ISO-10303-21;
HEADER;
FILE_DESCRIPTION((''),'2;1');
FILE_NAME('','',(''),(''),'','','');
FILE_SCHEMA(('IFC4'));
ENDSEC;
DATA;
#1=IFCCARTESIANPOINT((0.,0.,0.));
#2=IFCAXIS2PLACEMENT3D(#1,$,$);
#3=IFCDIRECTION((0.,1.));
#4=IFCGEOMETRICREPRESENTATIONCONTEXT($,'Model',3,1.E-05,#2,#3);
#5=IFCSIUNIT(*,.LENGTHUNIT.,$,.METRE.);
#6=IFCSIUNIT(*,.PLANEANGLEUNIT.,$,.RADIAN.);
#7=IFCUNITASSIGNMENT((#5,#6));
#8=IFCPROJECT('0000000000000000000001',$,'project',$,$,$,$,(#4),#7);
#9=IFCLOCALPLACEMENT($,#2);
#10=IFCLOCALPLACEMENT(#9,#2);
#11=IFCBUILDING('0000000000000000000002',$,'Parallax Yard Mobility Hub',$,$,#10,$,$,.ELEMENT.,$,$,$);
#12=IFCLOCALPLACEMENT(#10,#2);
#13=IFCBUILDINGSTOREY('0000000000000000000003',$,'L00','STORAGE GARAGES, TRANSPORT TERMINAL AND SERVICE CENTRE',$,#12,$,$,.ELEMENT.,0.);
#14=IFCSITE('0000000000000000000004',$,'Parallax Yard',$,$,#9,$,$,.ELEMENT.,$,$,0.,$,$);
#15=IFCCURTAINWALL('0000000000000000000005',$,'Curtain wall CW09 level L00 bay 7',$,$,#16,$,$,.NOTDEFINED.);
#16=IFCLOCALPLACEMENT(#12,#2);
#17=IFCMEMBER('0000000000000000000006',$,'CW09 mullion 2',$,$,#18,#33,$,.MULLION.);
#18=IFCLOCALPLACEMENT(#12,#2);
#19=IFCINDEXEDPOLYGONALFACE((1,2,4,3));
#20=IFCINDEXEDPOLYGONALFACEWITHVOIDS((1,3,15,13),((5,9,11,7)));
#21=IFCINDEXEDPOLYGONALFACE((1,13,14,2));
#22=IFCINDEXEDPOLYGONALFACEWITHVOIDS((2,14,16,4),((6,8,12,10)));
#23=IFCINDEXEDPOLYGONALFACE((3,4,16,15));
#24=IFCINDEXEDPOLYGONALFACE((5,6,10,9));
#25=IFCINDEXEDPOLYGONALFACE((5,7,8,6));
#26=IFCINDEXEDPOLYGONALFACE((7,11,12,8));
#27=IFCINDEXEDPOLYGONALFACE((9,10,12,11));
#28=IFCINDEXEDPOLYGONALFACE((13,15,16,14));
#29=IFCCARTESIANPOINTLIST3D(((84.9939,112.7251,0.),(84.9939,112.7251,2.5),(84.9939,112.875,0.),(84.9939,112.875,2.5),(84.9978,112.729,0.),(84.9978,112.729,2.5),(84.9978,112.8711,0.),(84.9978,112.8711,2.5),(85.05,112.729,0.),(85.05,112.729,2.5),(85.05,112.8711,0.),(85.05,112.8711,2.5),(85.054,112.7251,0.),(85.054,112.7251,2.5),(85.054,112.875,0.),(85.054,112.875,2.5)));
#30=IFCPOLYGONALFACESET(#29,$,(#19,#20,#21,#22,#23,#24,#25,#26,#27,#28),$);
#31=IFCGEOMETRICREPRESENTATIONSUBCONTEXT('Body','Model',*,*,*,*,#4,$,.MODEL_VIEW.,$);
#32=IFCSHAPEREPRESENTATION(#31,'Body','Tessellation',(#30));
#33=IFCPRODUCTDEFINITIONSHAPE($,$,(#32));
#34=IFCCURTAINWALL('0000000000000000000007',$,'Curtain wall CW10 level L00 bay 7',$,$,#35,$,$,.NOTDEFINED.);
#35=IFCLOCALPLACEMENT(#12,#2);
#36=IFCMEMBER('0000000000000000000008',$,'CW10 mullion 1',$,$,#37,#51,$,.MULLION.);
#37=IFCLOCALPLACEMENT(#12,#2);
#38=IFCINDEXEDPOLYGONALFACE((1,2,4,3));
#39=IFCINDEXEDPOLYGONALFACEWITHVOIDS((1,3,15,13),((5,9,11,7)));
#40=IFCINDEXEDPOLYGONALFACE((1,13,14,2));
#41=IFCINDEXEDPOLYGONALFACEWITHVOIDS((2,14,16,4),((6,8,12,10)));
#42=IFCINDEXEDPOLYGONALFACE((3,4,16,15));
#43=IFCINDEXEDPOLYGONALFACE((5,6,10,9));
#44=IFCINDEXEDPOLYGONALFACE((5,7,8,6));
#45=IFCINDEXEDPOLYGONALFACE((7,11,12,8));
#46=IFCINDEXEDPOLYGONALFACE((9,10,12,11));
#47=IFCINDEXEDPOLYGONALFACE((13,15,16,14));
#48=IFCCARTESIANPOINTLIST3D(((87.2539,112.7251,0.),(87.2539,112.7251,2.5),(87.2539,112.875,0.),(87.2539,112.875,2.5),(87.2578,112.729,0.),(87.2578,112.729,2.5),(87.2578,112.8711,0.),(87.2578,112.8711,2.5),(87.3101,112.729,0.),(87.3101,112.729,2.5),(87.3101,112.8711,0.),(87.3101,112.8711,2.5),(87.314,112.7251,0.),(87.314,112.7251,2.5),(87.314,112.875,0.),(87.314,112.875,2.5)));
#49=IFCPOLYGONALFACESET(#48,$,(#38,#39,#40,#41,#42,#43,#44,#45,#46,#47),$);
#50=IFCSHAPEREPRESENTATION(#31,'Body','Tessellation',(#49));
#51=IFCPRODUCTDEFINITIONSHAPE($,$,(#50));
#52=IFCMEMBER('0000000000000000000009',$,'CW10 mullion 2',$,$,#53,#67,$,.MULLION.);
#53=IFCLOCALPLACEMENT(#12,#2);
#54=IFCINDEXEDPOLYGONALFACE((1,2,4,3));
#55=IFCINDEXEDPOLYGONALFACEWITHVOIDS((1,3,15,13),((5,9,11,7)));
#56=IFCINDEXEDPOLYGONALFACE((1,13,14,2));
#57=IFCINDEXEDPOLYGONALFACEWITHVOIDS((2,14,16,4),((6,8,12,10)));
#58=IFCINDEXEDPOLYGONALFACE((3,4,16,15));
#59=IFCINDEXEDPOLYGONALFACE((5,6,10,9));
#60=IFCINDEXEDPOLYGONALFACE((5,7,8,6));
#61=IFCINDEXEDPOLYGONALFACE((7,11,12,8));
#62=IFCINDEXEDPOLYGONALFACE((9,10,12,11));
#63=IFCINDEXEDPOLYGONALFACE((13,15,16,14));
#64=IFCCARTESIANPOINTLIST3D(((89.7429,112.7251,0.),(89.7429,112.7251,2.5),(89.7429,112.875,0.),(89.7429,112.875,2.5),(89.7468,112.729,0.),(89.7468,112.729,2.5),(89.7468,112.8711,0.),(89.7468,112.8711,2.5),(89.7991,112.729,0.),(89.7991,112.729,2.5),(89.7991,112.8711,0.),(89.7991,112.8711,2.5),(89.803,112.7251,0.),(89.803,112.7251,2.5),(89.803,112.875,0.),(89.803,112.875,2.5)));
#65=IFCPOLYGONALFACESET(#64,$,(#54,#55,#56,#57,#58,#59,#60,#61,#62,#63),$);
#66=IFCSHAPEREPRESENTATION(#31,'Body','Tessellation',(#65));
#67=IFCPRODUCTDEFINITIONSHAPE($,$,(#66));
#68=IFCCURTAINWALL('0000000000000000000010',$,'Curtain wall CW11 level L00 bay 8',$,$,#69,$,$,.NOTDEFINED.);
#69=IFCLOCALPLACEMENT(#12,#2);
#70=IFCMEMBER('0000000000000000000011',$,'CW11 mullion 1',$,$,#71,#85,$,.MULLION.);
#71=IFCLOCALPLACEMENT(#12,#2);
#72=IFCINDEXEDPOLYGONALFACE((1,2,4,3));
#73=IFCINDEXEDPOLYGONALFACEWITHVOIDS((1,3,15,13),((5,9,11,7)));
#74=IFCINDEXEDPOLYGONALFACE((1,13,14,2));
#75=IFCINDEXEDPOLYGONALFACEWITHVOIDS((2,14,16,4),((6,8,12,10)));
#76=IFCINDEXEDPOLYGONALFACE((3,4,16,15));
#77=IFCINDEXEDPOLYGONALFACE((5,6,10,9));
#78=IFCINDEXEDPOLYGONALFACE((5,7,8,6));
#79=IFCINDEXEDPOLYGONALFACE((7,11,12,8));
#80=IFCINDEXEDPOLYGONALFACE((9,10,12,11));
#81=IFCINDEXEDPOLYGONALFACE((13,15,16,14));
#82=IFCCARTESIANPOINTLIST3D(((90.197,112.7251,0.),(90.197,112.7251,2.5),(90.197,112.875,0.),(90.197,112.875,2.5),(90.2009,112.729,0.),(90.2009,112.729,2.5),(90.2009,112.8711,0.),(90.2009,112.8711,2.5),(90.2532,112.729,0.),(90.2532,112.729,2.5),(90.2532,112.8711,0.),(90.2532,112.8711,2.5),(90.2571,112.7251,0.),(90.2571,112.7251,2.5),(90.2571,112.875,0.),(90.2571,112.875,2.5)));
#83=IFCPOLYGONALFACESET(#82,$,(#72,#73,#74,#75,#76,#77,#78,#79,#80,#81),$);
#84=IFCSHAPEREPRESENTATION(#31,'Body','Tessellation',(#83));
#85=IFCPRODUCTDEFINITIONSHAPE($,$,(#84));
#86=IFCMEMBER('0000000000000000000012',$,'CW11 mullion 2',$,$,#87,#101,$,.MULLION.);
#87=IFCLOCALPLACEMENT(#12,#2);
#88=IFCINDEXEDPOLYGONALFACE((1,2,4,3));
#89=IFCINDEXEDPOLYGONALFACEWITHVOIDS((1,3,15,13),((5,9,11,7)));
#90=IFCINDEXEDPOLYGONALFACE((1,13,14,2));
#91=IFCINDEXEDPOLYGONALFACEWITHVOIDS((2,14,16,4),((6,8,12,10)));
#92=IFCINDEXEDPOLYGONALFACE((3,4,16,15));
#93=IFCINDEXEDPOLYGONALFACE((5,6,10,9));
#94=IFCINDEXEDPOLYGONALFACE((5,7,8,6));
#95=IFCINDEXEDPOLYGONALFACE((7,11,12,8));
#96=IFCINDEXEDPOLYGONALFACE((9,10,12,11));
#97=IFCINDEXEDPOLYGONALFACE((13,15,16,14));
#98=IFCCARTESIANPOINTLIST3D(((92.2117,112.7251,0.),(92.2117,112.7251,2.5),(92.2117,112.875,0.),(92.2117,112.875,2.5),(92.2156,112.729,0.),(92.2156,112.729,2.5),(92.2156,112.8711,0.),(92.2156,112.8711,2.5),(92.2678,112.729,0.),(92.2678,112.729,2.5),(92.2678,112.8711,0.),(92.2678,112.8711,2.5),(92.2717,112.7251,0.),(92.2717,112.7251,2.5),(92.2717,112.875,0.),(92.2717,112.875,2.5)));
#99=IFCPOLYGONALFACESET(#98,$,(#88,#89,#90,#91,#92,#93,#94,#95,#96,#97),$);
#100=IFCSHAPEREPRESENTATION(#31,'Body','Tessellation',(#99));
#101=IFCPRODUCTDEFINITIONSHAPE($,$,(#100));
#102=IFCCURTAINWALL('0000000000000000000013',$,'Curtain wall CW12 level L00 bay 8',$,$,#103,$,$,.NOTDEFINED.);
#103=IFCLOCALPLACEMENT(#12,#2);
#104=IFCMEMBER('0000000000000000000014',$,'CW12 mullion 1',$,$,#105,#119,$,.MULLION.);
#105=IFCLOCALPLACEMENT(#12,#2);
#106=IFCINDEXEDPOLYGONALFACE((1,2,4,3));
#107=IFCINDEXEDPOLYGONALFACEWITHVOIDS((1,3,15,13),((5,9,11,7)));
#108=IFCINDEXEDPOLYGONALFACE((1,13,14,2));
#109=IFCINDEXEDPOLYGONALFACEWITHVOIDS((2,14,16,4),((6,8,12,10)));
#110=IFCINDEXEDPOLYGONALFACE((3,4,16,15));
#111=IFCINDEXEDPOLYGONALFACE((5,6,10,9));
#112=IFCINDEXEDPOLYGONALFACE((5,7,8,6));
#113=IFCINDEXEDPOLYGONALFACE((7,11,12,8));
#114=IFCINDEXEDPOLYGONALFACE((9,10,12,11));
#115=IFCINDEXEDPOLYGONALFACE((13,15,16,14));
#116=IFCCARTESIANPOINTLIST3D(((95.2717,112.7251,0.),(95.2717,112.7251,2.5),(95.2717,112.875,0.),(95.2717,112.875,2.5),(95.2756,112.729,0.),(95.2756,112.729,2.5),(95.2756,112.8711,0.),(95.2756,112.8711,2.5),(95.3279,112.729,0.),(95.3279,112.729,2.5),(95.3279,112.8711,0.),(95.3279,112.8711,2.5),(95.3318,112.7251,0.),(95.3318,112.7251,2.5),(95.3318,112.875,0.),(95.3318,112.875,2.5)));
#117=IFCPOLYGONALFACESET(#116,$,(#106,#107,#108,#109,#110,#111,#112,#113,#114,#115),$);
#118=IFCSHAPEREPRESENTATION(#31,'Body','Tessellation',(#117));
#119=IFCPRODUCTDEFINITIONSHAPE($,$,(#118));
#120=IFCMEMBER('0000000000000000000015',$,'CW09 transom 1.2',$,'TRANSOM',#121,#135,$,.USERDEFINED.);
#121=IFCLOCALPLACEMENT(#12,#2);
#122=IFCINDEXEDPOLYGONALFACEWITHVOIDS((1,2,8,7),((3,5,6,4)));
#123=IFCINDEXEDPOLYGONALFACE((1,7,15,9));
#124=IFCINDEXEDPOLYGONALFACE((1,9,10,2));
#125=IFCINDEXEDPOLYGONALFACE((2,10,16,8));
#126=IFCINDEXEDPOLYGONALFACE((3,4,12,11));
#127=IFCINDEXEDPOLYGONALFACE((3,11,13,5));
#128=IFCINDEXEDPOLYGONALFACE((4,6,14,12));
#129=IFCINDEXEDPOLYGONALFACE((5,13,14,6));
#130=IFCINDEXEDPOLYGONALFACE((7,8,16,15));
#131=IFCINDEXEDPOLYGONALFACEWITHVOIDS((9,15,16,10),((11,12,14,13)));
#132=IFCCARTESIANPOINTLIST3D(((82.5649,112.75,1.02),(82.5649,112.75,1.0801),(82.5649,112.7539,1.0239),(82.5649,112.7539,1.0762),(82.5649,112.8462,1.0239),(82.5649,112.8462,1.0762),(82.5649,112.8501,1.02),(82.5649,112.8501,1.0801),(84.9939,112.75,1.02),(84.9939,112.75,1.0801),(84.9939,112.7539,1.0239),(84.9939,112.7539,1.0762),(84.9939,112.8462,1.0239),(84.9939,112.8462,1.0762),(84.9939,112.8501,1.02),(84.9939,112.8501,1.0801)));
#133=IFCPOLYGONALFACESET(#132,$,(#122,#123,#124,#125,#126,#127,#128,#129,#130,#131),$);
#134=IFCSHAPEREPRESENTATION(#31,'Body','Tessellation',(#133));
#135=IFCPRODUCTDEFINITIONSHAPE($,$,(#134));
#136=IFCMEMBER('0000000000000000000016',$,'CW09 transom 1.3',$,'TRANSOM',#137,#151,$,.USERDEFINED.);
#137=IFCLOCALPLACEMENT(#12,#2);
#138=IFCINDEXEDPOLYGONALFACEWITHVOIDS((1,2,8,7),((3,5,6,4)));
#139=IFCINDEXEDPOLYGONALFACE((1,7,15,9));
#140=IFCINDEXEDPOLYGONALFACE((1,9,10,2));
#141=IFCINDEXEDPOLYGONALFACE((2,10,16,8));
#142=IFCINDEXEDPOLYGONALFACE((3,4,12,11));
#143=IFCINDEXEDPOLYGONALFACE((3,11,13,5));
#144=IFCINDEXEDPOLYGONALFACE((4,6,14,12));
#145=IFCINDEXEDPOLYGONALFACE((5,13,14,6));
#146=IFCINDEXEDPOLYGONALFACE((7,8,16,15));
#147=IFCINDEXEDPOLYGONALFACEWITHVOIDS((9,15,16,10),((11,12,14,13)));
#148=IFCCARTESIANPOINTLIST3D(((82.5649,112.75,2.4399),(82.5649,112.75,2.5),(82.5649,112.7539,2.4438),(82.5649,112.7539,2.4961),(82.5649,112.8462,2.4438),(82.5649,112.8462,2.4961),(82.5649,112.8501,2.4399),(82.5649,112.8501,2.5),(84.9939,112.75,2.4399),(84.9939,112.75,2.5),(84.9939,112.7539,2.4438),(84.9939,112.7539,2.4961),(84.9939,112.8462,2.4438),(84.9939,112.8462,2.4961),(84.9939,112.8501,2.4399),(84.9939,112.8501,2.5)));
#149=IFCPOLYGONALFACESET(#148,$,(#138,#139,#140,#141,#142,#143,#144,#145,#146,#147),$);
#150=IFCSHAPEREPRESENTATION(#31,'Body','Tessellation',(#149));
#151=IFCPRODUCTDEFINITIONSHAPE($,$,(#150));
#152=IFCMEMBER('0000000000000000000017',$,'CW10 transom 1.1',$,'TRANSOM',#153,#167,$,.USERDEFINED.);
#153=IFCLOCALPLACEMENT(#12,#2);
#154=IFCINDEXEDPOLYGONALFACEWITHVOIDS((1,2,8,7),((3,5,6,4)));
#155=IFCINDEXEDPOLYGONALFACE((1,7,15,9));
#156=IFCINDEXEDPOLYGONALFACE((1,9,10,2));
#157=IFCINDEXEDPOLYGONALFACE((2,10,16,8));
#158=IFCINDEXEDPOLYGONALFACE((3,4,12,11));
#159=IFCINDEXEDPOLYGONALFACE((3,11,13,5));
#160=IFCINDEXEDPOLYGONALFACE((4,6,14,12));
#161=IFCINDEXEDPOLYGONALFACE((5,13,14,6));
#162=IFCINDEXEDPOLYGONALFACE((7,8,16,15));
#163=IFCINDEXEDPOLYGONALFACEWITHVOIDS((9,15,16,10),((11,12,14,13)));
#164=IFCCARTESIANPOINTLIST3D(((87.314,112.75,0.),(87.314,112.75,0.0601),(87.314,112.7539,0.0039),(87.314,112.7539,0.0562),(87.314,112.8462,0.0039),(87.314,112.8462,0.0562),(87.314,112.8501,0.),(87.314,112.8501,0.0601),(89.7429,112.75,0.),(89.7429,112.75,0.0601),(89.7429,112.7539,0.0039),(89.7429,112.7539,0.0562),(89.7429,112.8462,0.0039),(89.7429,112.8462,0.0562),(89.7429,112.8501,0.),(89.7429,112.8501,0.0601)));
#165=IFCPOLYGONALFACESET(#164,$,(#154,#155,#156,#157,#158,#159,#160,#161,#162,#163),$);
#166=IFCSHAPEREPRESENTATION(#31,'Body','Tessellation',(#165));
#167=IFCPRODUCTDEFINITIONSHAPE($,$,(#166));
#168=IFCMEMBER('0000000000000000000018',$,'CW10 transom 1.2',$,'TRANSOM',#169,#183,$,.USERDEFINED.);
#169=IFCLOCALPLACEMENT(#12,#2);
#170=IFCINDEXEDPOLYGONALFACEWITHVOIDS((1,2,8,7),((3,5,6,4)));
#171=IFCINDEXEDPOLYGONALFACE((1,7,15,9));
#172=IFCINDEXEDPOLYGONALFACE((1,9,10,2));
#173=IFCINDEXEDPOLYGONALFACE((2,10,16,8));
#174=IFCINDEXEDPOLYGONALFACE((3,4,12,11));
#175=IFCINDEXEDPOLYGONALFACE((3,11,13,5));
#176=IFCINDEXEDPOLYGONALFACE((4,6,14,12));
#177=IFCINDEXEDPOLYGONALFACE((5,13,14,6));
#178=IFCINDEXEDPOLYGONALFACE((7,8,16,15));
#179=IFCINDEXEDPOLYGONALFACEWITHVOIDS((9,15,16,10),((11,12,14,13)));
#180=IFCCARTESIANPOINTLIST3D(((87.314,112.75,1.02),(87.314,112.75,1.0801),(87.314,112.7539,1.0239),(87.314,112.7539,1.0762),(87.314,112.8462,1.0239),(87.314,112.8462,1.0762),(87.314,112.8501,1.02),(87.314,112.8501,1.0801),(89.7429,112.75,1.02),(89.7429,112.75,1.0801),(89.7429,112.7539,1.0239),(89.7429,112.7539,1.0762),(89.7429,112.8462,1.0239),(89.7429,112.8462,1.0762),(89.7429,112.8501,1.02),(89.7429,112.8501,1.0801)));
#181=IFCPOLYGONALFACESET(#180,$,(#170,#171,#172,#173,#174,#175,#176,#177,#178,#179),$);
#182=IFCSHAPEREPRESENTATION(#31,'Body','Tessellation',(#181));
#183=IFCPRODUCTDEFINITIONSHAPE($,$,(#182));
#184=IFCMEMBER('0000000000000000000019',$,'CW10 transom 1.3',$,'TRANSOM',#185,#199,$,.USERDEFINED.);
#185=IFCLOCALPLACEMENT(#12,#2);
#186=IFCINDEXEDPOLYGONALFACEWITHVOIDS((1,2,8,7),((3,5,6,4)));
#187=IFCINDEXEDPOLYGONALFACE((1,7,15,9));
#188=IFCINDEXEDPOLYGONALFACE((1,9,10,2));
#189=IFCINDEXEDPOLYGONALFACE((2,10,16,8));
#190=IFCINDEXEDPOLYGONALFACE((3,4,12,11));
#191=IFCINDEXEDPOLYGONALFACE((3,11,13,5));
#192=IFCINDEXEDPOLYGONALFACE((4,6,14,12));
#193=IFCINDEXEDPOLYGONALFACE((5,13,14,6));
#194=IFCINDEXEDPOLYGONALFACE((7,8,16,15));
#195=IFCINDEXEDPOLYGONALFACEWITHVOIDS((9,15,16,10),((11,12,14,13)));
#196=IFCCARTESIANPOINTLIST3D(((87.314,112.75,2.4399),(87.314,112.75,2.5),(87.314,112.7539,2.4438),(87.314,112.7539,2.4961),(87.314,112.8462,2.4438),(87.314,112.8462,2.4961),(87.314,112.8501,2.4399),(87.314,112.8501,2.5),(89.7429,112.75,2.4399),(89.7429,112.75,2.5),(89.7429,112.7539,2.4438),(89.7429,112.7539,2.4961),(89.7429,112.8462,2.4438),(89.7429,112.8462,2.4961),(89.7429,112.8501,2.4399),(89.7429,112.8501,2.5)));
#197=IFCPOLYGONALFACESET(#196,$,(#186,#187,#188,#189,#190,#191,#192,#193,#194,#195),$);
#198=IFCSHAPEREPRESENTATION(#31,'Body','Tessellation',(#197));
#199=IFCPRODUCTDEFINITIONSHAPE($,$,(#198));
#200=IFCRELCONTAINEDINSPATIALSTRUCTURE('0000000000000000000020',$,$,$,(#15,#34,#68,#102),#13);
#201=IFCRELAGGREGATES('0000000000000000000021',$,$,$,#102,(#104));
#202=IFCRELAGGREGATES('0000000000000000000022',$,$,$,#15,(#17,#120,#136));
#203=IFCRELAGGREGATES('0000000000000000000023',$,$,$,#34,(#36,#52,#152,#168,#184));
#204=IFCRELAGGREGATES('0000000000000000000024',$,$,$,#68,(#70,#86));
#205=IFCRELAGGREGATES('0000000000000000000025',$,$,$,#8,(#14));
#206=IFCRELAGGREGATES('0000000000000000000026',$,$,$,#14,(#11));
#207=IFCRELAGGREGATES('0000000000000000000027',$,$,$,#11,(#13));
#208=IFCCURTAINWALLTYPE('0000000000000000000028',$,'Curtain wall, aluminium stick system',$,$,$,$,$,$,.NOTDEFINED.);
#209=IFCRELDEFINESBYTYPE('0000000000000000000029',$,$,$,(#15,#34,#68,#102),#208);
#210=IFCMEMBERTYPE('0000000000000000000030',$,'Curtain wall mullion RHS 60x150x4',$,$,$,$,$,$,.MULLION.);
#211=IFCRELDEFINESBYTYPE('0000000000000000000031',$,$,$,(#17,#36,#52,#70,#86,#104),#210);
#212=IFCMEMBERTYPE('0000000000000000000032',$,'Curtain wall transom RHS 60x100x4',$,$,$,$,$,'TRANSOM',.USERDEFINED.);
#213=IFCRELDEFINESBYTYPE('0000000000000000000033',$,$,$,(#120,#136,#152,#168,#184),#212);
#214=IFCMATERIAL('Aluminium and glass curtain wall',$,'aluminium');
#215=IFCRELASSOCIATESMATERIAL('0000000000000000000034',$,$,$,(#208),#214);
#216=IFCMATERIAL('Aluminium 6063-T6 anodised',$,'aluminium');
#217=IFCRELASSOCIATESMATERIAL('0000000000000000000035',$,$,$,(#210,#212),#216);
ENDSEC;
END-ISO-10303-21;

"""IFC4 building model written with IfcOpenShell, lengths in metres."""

from ifc_helpers import new_model, si_unit, direction, frame, origin, origin_2d, place, context, subcontext, project, spatial, hollow_rectangle, extrude, material, material_profile, profile_set, type_object, element, aggregate, save


model = new_model("IFC4")

# Units and contexts
model_context = context("Model", 3, precision=1e-05, world=origin(), true_north=direction((0.0, 1.0)))
body_context = subcontext(model_context, "Body", "Model", "MODEL_VIEW")
ifc_project = project(units=[si_unit("LENGTHUNIT", "METRE"), si_unit("PLANEANGLEUNIT", "RADIAN")], contexts=[model_context])

# Site, building, storey
site_placement = place(None, origin())
site = spatial("IfcSite", under=ifc_project, at=site_placement, Name="Parallax Yard", CompositionType="ELEMENT", RefElevation=0.0)
building_placement = place(site_placement, origin())
building = spatial("IfcBuilding", under=site, at=building_placement, Name="Parallax Yard Mobility Hub", CompositionType="ELEMENT")
storey_placement = place(building_placement, origin())
storey = spatial("IfcBuildingStorey", under=building, at=storey_placement, Name="L00", Description="STORAGE GARAGES, TRANSPORT TERMINAL AND SERVICE CENTRE", CompositionType="ELEMENT", Elevation=0.0)

# Curtain wall, member
ifc_material_1 = material(Name="Aluminium and glass curtain wall", Category="aluminium")
curtain_wall_type = type_object("IfcCurtainWallType", Name="Curtain wall, aluminium stick system", PredefinedType="NOTDEFINED", material=ifc_material_1)
curtain_wall_1_placement = place(storey_placement, origin())
curtain_wall_1 = element("IfcCurtainWall", 1, at=curtain_wall_1_placement, inside=storey, type_object=curtain_wall_type, Name="Curtain wall CW09 level L00 bay 7", PredefinedType="NOTDEFINED")
ifc_material_2 = material(Name="Aluminium 6063-T6 anodised", Category="aluminium")
ifc_material_profile_1 = material_profile(ifc_material_2, hollow_rectangle(XDim=0.1499, YDim=0.0601, WallThickness=0.0039, at=origin_2d()), Name="RHS 60x150x4")
ifc_profile_set_1 = profile_set([ifc_material_profile_1], Name="Aluminium 6063-T6 anodised")
member_type_1 = type_object("IfcMemberType", Name="Curtain wall mullion RHS 60x150x4", PredefinedType="MULLION", material=ifc_profile_set_1)
member_1_placement = place(storey_placement, frame((85.0239, 112.8, 0.0), z_axis=(0.0, 0.0, 1.0), x_axis=(0.0, 1.0, 0.0)))
member_1 = element("IfcMember", 2, at=member_1_placement, type_object=member_type_1, Name="CW09 mullion 2", PredefinedType="MULLION", context=body_context, shape_type="SweptSolid", body=[
    extrude(hollow_rectangle(XDim=0.1499, YDim=0.0601, WallThickness=0.0039, at=origin_2d()), origin(), (0.0, 0.0, 1.0), 2.5),
])

# Curtain walls, members
curtain_wall_2_placement = place(storey_placement, origin())
curtain_wall_2 = element("IfcCurtainWall", 3, at=curtain_wall_2_placement, inside=storey, type_object=curtain_wall_type, Name="Curtain wall CW10 level L00 bay 7", PredefinedType="NOTDEFINED")
member_2_placement = place(storey_placement, frame((87.2839, 112.8, 0.0), z_axis=(0.0, 0.0, 1.0), x_axis=(0.0, 1.0, 0.0)))
member_2 = element("IfcMember", 4, at=member_2_placement, type_object=member_type_1, Name="CW10 mullion 1", PredefinedType="MULLION", context=body_context, shape_type="SweptSolid", body=[
    extrude(hollow_rectangle(XDim=0.1499, YDim=0.0601, WallThickness=0.0039, at=origin_2d()), origin(), (0.0, 0.0, 1.0), 2.5),
])
member_3_placement = place(storey_placement, frame((89.7729, 112.8, 0.0), z_axis=(0.0, 0.0, 1.0), x_axis=(0.0, 1.0, 0.0)))
member_3 = element("IfcMember", 5, at=member_3_placement, type_object=member_type_1, Name="CW10 mullion 2", PredefinedType="MULLION", context=body_context, shape_type="SweptSolid", body=[
    extrude(hollow_rectangle(XDim=0.1499, YDim=0.0601, WallThickness=0.0039, at=origin_2d()), origin(), (0.0, 0.0, 1.0), 2.5),
])
curtain_wall_3_placement = place(storey_placement, origin())
curtain_wall_3 = element("IfcCurtainWall", 6, at=curtain_wall_3_placement, inside=storey, type_object=curtain_wall_type, Name="Curtain wall CW11 level L00 bay 8", PredefinedType="NOTDEFINED")
member_4_placement = place(storey_placement, frame((90.2271, 112.8, 0.0), z_axis=(0.0, 0.0, 1.0), x_axis=(0.0, 1.0, 0.0)))
member_4 = element("IfcMember", 7, at=member_4_placement, type_object=member_type_1, Name="CW11 mullion 1", PredefinedType="MULLION", context=body_context, shape_type="SweptSolid", body=[
    extrude(hollow_rectangle(XDim=0.1499, YDim=0.0601, WallThickness=0.0039, at=origin_2d()), origin(), (0.0, 0.0, 1.0), 2.5),
])
member_5_placement = place(storey_placement, frame((92.2417, 112.8, 0.0), z_axis=(0.0, 0.0, 1.0), x_axis=(0.0, 1.0, 0.0)))
member_5 = element("IfcMember", 8, at=member_5_placement, type_object=member_type_1, Name="CW11 mullion 2", PredefinedType="MULLION", context=body_context, shape_type="SweptSolid", body=[
    extrude(hollow_rectangle(XDim=0.1499, YDim=0.0601, WallThickness=0.0039, at=origin_2d()), origin(), (0.0, 0.0, 1.0), 2.5),
])

# Curtain wall, member
curtain_wall_4_placement = place(storey_placement, origin())
curtain_wall_4 = element("IfcCurtainWall", 9, at=curtain_wall_4_placement, inside=storey, type_object=curtain_wall_type, Name="Curtain wall CW12 level L00 bay 8", PredefinedType="NOTDEFINED")
member_6_placement = place(storey_placement, frame((95.3018, 112.8, 0.0), z_axis=(0.0, 0.0, 1.0), x_axis=(0.0, 1.0, 0.0)))
member_6 = element("IfcMember", 10, at=member_6_placement, type_object=member_type_1, Name="CW12 mullion 1", PredefinedType="MULLION", context=body_context, shape_type="SweptSolid", body=[
    extrude(hollow_rectangle(XDim=0.1499, YDim=0.0601, WallThickness=0.0039, at=origin_2d()), origin(), (0.0, 0.0, 1.0), 2.5),
])
aggregate(curtain_wall_4, [member_6])

# Members
ifc_material_profile_2 = material_profile(ifc_material_2, hollow_rectangle(XDim=0.1001, YDim=0.0601, WallThickness=0.0039, at=origin_2d()), Name="RHS 60x100x4")
ifc_profile_set_2 = profile_set([ifc_material_profile_2], Name="Aluminium 6063-T6 anodised")
member_type_2 = type_object("IfcMemberType", Name="Curtain wall transom RHS 60x100x4", ElementType="TRANSOM", PredefinedType="USERDEFINED", material=ifc_profile_set_2)
member_7_placement = place(storey_placement, frame((82.5649, 112.8, 1.05), z_axis=(1.0, 0.0, 0.0), x_axis=(0.0, 1.0, 0.0)))
member_7 = element("IfcMember", 11, at=member_7_placement, type_object=member_type_2, Name="CW09 transom 1.2", ObjectType="TRANSOM", PredefinedType="USERDEFINED", context=body_context, shape_type="SweptSolid", body=[
    extrude(hollow_rectangle(XDim=0.1001, YDim=0.0601, WallThickness=0.0039, at=origin_2d()), origin(), (0.0, 0.0, 1.0), 2.429),
])
member_8_placement = place(storey_placement, frame((82.5649, 112.8, 2.47), z_axis=(1.0, 0.0, 0.0), x_axis=(0.0, 1.0, 0.0)))
member_8 = element("IfcMember", 12, at=member_8_placement, type_object=member_type_2, Name="CW09 transom 1.3", ObjectType="TRANSOM", PredefinedType="USERDEFINED", context=body_context, shape_type="SweptSolid", body=[
    extrude(hollow_rectangle(XDim=0.1001, YDim=0.0601, WallThickness=0.0039, at=origin_2d()), origin(), (0.0, 0.0, 1.0), 2.429),
])
member_9_placement = place(storey_placement, frame((87.314, 112.8, 0.03), z_axis=(1.0, 0.0, 0.0), x_axis=(0.0, 1.0, 0.0)))
member_9 = element("IfcMember", 13, at=member_9_placement, type_object=member_type_2, Name="CW10 transom 1.1", ObjectType="TRANSOM", PredefinedType="USERDEFINED", context=body_context, shape_type="SweptSolid", body=[
    extrude(hollow_rectangle(XDim=0.1001, YDim=0.0601, WallThickness=0.0039, at=origin_2d()), origin(), (0.0, 0.0, 1.0), 2.429),
])
member_10_placement = place(storey_placement, frame((87.314, 112.8, 1.05), z_axis=(1.0, 0.0, 0.0), x_axis=(0.0, 1.0, 0.0)))
member_10 = element("IfcMember", 14, at=member_10_placement, type_object=member_type_2, Name="CW10 transom 1.2", ObjectType="TRANSOM", PredefinedType="USERDEFINED", context=body_context, shape_type="SweptSolid", body=[
    extrude(hollow_rectangle(XDim=0.1001, YDim=0.0601, WallThickness=0.0039, at=origin_2d()), origin(), (0.0, 0.0, 1.0), 2.429),
])
member_11_placement = place(storey_placement, frame((87.314, 112.8, 2.47), z_axis=(1.0, 0.0, 0.0), x_axis=(0.0, 1.0, 0.0)))
member_11 = element("IfcMember", 15, at=member_11_placement, type_object=member_type_2, Name="CW10 transom 1.3", ObjectType="TRANSOM", PredefinedType="USERDEFINED", context=body_context, shape_type="SweptSolid", body=[
    extrude(hollow_rectangle(XDim=0.1001, YDim=0.0601, WallThickness=0.0039, at=origin_2d()), origin(), (0.0, 0.0, 1.0), 2.429),
])

aggregate(curtain_wall_1, [member_1, member_7, member_8])
aggregate(curtain_wall_2, [member_2, member_3, member_9, member_10, member_11])
aggregate(curtain_wall_3, [member_4, member_5])

save(model, "model.ifc")
